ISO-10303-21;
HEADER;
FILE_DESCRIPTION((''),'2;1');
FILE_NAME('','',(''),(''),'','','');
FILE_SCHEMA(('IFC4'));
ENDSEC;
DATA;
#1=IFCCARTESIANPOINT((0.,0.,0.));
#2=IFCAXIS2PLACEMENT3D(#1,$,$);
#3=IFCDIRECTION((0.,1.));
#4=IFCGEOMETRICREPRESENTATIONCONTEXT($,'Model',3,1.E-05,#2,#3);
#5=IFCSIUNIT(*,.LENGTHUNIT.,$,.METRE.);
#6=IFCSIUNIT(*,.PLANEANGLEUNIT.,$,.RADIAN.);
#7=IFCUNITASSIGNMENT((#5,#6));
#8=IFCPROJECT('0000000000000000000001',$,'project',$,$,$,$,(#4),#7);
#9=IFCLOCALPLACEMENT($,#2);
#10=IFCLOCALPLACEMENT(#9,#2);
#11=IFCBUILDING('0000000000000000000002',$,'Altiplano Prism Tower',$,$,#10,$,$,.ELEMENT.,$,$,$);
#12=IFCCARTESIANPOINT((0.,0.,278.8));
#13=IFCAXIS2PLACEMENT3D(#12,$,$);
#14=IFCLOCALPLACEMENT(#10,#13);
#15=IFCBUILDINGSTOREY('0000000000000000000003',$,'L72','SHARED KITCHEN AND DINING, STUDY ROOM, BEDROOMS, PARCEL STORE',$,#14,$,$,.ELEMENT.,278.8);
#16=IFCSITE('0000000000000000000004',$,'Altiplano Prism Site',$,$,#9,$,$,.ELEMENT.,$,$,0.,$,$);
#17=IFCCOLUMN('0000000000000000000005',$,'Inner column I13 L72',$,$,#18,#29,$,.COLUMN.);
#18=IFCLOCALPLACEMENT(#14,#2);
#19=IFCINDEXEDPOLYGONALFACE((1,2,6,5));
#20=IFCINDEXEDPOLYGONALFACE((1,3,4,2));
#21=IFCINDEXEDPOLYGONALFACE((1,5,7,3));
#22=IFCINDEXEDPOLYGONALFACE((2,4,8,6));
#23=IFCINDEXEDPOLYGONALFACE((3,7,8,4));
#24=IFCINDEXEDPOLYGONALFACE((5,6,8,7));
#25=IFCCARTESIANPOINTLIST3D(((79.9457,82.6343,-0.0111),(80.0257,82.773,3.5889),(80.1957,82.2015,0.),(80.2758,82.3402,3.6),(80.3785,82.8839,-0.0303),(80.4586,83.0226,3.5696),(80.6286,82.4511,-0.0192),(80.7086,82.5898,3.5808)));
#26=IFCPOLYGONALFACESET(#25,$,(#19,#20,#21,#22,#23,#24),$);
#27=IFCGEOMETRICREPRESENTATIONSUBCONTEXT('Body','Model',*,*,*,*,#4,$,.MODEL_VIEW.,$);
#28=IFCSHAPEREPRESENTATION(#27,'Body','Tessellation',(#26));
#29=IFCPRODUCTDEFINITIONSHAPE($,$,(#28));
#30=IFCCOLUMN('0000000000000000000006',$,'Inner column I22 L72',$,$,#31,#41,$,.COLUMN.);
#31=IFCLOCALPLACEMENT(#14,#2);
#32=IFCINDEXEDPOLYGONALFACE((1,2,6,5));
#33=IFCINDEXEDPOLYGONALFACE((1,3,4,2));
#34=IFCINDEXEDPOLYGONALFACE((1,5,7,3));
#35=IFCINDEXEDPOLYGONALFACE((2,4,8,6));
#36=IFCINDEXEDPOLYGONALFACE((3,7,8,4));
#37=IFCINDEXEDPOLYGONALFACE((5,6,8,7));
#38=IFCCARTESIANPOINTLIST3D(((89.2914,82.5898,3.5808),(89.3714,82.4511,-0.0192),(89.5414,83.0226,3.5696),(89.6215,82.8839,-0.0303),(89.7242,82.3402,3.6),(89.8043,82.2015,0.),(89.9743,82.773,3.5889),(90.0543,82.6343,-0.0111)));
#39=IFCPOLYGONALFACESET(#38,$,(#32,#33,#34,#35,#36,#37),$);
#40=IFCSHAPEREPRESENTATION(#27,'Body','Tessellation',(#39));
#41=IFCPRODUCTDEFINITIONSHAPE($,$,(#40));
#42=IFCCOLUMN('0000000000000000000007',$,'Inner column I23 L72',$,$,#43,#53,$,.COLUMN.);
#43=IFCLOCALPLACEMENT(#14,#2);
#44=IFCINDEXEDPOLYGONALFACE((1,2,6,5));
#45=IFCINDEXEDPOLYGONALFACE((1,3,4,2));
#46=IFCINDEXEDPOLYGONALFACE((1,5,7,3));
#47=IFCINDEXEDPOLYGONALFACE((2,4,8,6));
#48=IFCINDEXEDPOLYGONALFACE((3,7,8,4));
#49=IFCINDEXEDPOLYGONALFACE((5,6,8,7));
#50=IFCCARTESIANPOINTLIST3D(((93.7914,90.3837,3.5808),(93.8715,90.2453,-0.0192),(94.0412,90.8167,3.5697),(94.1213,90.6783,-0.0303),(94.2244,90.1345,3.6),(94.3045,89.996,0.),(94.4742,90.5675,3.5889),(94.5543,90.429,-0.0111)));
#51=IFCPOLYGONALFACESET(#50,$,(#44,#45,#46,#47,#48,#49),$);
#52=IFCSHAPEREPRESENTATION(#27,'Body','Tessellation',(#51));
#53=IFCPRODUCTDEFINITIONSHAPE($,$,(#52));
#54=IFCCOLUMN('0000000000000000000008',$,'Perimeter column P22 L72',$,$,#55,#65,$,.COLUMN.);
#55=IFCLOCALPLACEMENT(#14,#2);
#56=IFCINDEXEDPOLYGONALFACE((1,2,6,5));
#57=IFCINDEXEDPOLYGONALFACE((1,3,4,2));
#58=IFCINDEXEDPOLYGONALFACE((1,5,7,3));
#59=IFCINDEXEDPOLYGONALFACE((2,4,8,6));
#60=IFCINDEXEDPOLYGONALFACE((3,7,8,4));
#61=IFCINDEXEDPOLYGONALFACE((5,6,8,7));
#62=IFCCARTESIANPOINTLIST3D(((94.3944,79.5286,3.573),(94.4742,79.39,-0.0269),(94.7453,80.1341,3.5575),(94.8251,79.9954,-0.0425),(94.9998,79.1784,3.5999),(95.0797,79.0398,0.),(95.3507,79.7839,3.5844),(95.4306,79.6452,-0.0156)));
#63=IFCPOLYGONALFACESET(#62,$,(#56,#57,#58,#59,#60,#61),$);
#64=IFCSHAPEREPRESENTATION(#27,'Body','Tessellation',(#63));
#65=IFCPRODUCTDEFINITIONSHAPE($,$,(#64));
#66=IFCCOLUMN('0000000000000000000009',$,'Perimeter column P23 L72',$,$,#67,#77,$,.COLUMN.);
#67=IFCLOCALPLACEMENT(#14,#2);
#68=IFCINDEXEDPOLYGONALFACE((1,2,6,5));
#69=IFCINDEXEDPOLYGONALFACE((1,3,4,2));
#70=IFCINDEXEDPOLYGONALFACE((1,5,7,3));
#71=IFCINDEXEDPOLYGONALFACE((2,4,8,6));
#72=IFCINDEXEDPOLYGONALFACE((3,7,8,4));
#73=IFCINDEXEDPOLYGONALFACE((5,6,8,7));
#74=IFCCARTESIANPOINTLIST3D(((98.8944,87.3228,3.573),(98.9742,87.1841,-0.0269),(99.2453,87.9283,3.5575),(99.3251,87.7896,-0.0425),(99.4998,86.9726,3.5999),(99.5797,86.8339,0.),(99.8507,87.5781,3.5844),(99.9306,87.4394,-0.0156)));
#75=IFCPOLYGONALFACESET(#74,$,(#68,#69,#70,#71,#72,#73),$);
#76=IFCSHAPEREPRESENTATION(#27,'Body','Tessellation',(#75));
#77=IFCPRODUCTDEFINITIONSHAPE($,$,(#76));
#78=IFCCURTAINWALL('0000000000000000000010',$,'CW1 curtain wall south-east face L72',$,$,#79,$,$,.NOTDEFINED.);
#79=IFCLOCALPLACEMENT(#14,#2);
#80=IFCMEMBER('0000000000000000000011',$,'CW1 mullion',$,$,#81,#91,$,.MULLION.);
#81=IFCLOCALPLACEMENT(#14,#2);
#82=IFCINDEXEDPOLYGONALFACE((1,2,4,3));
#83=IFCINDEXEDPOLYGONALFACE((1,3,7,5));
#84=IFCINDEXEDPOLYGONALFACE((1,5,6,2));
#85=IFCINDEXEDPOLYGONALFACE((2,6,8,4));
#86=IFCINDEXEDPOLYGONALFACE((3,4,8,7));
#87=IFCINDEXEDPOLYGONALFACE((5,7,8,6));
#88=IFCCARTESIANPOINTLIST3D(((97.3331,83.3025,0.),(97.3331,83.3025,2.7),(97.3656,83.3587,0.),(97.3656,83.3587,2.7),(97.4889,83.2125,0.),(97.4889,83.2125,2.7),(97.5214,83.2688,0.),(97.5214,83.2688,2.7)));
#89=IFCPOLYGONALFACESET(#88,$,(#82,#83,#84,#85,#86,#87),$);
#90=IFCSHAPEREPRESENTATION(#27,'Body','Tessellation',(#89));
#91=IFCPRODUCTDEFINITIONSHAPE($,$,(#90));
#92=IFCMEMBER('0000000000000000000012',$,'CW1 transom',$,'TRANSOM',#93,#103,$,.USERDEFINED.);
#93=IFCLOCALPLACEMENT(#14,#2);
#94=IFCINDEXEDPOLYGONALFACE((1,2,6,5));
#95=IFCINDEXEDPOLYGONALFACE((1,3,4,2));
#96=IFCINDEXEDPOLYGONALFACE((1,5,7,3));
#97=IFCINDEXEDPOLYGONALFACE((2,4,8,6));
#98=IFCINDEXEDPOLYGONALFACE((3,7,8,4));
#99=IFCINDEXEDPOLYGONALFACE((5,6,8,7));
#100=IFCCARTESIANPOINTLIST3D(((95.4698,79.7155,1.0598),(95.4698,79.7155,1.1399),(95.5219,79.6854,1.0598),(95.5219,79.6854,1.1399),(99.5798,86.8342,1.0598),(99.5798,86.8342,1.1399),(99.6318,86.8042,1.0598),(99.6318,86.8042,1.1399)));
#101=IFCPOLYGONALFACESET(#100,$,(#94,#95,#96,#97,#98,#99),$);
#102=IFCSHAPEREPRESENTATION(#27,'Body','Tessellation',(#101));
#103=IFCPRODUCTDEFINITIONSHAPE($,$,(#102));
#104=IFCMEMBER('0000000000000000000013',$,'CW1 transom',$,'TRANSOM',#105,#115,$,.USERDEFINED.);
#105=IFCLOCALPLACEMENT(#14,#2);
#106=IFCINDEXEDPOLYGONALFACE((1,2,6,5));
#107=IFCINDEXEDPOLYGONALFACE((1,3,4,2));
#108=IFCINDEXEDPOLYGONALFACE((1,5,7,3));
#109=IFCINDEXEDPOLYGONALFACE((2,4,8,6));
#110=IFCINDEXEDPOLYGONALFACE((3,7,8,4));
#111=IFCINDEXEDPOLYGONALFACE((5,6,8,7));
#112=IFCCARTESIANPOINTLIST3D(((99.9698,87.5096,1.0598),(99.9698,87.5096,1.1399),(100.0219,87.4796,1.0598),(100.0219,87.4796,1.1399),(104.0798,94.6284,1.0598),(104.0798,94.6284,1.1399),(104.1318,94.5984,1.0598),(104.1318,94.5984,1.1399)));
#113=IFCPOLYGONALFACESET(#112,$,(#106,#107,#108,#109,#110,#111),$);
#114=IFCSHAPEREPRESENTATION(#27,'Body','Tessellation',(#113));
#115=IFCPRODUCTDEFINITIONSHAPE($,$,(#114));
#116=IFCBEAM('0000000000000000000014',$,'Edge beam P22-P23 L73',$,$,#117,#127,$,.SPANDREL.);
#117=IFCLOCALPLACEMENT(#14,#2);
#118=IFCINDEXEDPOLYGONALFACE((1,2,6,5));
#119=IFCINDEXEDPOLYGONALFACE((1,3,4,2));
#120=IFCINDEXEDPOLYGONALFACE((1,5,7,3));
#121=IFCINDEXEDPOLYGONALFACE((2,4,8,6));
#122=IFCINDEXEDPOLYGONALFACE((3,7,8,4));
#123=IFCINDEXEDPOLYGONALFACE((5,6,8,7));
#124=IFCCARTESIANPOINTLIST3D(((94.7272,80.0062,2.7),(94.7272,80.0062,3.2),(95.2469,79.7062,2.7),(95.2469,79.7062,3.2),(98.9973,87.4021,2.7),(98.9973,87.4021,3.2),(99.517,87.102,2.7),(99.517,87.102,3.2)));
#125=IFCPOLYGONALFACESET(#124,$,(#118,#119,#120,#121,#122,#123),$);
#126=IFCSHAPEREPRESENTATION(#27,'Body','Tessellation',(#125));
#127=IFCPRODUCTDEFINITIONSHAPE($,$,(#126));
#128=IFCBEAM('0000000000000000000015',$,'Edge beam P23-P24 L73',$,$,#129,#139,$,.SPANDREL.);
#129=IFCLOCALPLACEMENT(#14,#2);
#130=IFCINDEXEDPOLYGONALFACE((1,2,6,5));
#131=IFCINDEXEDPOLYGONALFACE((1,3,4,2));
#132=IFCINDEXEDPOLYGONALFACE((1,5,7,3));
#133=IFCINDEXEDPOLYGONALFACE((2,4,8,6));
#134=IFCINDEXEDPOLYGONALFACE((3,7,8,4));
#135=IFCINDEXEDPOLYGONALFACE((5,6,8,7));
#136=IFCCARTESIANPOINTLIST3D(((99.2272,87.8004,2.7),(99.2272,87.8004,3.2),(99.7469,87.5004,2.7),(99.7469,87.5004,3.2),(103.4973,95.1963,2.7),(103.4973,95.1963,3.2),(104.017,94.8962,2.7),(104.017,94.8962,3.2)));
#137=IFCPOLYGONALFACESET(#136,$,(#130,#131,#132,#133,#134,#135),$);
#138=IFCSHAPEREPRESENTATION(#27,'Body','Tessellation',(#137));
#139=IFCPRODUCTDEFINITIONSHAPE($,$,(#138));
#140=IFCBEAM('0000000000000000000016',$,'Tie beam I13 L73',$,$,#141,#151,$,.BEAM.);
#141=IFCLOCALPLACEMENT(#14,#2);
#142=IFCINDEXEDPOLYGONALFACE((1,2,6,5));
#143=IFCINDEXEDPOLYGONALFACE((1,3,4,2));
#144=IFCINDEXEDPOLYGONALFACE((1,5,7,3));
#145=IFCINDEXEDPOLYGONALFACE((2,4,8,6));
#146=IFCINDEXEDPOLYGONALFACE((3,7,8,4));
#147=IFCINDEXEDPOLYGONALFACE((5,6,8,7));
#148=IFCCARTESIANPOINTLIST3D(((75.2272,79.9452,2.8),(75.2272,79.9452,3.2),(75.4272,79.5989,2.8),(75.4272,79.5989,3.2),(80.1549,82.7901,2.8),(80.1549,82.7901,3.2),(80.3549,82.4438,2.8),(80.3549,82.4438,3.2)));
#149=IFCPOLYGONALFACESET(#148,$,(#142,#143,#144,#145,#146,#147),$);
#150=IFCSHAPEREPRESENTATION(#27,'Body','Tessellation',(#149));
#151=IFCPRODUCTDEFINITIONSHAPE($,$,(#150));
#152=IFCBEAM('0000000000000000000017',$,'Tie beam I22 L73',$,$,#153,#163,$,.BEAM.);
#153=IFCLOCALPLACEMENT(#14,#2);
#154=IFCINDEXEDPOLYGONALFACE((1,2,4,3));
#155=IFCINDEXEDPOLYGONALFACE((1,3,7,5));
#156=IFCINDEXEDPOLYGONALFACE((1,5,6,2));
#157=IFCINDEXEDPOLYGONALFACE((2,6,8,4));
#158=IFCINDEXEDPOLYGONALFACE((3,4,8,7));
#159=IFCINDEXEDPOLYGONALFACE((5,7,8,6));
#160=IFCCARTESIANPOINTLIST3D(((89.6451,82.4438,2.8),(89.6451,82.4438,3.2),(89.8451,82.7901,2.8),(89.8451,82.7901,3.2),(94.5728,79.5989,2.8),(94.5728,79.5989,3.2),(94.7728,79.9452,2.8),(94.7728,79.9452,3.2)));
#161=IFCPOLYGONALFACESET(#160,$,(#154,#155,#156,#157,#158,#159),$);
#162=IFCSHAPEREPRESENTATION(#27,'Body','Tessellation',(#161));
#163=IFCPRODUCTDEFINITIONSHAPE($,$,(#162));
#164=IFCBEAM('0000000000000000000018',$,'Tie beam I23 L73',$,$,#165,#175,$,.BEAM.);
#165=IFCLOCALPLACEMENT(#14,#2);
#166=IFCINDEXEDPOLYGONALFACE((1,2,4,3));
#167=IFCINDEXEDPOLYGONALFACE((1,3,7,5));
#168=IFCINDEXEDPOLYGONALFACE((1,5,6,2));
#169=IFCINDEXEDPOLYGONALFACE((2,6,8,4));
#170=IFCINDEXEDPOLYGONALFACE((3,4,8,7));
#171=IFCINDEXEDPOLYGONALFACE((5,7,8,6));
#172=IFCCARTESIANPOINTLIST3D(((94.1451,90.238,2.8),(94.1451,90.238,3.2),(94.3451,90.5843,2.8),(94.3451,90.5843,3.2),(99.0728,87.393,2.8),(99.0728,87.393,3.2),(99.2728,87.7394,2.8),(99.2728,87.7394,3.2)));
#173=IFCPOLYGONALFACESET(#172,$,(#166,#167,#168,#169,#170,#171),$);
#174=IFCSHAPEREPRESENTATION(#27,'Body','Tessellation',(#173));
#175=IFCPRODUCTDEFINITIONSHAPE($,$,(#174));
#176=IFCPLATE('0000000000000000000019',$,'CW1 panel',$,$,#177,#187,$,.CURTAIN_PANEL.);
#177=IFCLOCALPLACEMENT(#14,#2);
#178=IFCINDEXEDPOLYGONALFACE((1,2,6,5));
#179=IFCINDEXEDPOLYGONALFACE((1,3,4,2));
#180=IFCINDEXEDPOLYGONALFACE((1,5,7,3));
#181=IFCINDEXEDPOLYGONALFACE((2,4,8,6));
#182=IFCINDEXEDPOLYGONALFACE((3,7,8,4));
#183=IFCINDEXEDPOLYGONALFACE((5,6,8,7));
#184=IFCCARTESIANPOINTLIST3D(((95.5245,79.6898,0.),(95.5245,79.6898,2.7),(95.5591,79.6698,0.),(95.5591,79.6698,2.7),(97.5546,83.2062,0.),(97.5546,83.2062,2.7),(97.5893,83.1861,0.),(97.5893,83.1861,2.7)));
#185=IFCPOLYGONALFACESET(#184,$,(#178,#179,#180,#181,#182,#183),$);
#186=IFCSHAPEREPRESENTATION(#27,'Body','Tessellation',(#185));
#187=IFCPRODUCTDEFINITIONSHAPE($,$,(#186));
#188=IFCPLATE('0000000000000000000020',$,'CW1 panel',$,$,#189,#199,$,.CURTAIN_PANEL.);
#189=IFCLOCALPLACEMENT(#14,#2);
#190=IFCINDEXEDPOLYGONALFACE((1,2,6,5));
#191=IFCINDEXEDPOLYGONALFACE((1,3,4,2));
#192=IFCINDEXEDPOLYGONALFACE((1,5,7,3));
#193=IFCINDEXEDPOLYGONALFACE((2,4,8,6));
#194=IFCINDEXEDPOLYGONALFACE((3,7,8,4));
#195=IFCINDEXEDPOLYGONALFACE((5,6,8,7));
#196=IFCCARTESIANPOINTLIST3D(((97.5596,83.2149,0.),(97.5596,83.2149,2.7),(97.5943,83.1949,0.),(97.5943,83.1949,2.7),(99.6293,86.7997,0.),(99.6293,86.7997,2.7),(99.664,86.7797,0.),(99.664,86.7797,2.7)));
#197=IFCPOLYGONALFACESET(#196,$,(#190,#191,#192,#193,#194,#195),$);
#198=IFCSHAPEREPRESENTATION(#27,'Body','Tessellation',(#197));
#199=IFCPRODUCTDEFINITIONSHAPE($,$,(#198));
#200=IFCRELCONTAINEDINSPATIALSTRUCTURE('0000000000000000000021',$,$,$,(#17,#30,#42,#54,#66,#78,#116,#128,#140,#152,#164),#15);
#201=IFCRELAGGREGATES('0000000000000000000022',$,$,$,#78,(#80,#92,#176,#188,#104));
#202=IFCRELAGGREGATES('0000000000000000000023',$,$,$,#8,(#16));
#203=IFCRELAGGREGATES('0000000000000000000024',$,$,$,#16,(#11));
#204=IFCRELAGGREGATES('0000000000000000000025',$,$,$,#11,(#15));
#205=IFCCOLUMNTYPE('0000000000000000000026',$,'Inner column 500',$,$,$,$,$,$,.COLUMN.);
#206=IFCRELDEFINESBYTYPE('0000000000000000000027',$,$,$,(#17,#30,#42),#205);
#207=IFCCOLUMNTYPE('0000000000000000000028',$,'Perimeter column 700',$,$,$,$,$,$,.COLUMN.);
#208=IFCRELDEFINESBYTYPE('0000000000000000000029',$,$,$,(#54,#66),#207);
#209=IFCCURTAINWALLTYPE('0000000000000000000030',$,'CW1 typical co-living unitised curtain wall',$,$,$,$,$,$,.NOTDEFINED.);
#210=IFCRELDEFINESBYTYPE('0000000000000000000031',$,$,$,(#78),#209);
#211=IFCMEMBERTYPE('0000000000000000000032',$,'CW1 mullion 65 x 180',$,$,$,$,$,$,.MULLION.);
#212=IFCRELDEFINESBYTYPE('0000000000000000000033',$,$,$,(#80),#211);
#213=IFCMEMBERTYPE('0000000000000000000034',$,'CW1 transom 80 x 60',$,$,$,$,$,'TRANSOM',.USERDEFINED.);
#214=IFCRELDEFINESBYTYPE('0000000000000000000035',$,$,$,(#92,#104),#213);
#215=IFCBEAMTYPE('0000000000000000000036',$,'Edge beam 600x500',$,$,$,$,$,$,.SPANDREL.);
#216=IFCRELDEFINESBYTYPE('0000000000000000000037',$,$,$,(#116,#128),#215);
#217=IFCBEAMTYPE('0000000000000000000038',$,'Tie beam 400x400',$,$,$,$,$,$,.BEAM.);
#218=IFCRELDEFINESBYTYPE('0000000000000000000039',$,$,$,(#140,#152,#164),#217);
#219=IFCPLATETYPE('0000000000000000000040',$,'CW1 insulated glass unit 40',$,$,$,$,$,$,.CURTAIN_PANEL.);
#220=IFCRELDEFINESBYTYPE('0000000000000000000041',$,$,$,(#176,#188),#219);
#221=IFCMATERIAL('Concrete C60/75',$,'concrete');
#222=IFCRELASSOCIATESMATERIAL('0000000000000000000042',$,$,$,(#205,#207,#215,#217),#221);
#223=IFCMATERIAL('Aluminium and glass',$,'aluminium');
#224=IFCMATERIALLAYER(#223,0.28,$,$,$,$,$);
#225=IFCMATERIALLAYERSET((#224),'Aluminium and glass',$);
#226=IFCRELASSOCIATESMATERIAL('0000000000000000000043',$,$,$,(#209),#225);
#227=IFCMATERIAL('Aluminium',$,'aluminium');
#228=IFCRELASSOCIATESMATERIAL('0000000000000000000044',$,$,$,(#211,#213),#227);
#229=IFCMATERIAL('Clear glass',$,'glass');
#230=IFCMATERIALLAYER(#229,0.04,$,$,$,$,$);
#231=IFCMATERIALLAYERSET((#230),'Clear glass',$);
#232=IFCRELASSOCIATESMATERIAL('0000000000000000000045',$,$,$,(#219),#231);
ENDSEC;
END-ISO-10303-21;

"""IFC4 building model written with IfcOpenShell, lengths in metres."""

from ifc_helpers import new_model, si_unit, direction, frame, origin, origin_2d, place, context, subcontext, project, spatial, rectangle, extrude, material, layer, layer_set, material_profile, profile_set, type_object, element, aggregate, save


model = new_model("IFC4")

# Units and contexts
model_context = context("Model", 3, precision=1e-05, world=origin(), true_north=direction((0.0, 1.0)))
body_context = subcontext(model_context, "Body", "Model", "MODEL_VIEW")
ifc_project = project(units=[si_unit("LENGTHUNIT", "METRE"), si_unit("PLANEANGLEUNIT", "RADIAN")], contexts=[model_context])

# Site, building, storey
site_placement = place(None, origin())
site = spatial("IfcSite", under=ifc_project, at=site_placement, Name="Altiplano Prism Site", CompositionType="ELEMENT", RefElevation=0.0)
building_placement = place(site_placement, origin())
building = spatial("IfcBuilding", under=site, at=building_placement, Name="Altiplano Prism Tower", CompositionType="ELEMENT")
storey_placement = place(building_placement, frame((0.0, 0.0, 278.8)))
storey = spatial("IfcBuildingStorey", under=building, at=storey_placement, Name="L72", Description="SHARED KITCHEN AND DINING, STUDY ROOM, BEDROOMS, PARCEL STORE", CompositionType="ELEMENT", Elevation=278.8)

# Columns
ifc_material_1 = material(Name="Concrete C60/75", Category="concrete")
ifc_material_profile_1 = material_profile(ifc_material_1, rectangle(XDim=0.5, YDim=0.5, at=origin_2d()), Name="Inner column 500")
ifc_profile_set_1 = profile_set([ifc_material_profile_1], Name="Concrete C60/75")
column_type_1 = type_object("IfcColumnType", Name="Inner column 500", PredefinedType="COLUMN", material=ifc_profile_set_1)
for number, where, z_axis, x_axis, name in (
    (1, (80.2871, 82.5427, -0.0151), (0.022223, 0.038483, 0.999012), (-0.865639, -0.499187, 0.038485), "Inner column I13 L72"),
    (2, (89.7129, 82.5427, -0.0151), (-0.022223, 0.038483, 0.999012), (-0.500175, -0.865639, 0.022219), "Inner column I22 L72"),
    (3, (94.2129, 90.3372, -0.0151), (-0.022223, 0.038416, 0.999015), (-0.499508, -0.866025, 0.02219), "Inner column I23 L72"),
):
    element("IfcColumn", number, at=place(storey_placement, frame(where, z_axis=z_axis, x_axis=x_axis)), inside=storey, type_object=column_type_1, Name=name, PredefinedType="COLUMN", context=body_context, shape_type="SweptSolid", body=[
        extrude(rectangle(XDim=0.5, YDim=0.5, at=origin_2d()), origin(), (0.0, 0.0, 1.0), 3.6035),
    ])
ifc_material_profile_2 = material_profile(ifc_material_1, rectangle(XDim=0.7, YDim=0.7, at=origin_2d()), Name="Perimeter column 700")
ifc_profile_set_2 = profile_set([ifc_material_profile_2], Name="Concrete C60/75")
column_type_2 = type_object("IfcColumnType", Name="Perimeter column 700", PredefinedType="COLUMN", material=ifc_profile_set_2)
for number, where, z_axis, x_axis, name in (
    (4, (94.9524, 79.5176, -0.0212), (-0.022155, 0.038484, 0.999014), (-0.501318, -0.864978, 0.022203), "Perimeter column P22 L72"),
    (5, (99.4524, 87.3118, -0.0212), (-0.022155, 0.038484, 0.999014), (-0.501313, -0.864981, 0.022203), "Perimeter column P23 L72"),
):
    element("IfcColumn", number, at=place(storey_placement, frame(where, z_axis=z_axis, x_axis=x_axis)), inside=storey, type_object=column_type_2, Name=name, PredefinedType="COLUMN", context=body_context, shape_type="SweptSolid", body=[
        extrude(rectangle(XDim=0.7, YDim=0.7, at=origin_2d()), origin(), (0.0, 0.0, 1.0), 3.6035),
    ])

# Curtain wall, members
ifc_material_2 = material(Name="Aluminium and glass", Category="aluminium")
ifc_layer_1 = layer(ifc_material_2, 0.28)
ifc_layer_set_1 = layer_set([ifc_layer_1], Name="Aluminium and glass")
curtain_wall_type = type_object("IfcCurtainWallType", Name="CW1 typical co-living unitised curtain wall", PredefinedType="NOTDEFINED", material=ifc_layer_set_1)
curtain_wall_placement = place(storey_placement, origin())
curtain_wall = element("IfcCurtainWall", 6, at=curtain_wall_placement, inside=storey, type_object=curtain_wall_type, Name="CW1 curtain wall south-east face L72", PredefinedType="NOTDEFINED")
ifc_material_3 = material(Name="Aluminium", Category="aluminium")
ifc_material_profile_3 = material_profile(ifc_material_3, rectangle(XDim=0.1799, YDim=0.0649, at=origin_2d()), Name="CW1 mullion 65 x 180")
ifc_profile_set_3 = profile_set([ifc_material_profile_3], Name="Aluminium")
member_type_1 = type_object("IfcMemberType", Name="CW1 mullion 65 x 180", PredefinedType="MULLION", material=ifc_profile_set_3)
member_1_placement = place(storey_placement, frame((97.4272, 83.2856, 0.0), z_axis=(0.0, 0.0, 1.0), x_axis=(-0.866025, 0.5, 0.0)))
member_1 = element("IfcMember", 7, at=member_1_placement, type_object=member_type_1, Name="CW1 mullion", PredefinedType="MULLION", context=body_context, shape_type="SweptSolid", body=[
    extrude(rectangle(XDim=0.1799, YDim=0.0649, at=origin_2d()), origin(), (0.0, 0.0, 1.0), 2.7),
])
ifc_material_profile_4 = material_profile(ifc_material_3, rectangle(XDim=0.0601, YDim=0.0801, at=origin_2d()), Name="CW1 transom 80 x 60")
ifc_profile_set_4 = profile_set([ifc_material_profile_4], Name="Aluminium")
member_type_2 = type_object("IfcMemberType", Name="CW1 transom 80 x 60", ElementType="TRANSOM", PredefinedType="USERDEFINED", material=ifc_profile_set_4)
member_2_placement = place(storey_placement, frame((95.4958, 79.7004, 1.0999), z_axis=(0.499992, 0.86603, 0.0), x_axis=(-0.86603, 0.499992, 0.0)))
member_2 = element("IfcMember", 8, at=member_2_placement, type_object=member_type_2, Name="CW1 transom", ObjectType="TRANSOM", PredefinedType="USERDEFINED", context=body_context, shape_type="SweptSolid", body=[
    extrude(rectangle(XDim=0.0601, YDim=0.0801, at=origin_2d()), origin(), (0.0, 0.0, 1.0), 8.22),
])
member_3_placement = place(storey_placement, frame((99.9958, 87.4946, 1.0999), z_axis=(0.499992, 0.86603, 0.0), x_axis=(-0.86603, 0.499992, 0.0)))
member_3 = element("IfcMember", 9, at=member_3_placement, type_object=member_type_2, Name="CW1 transom", ObjectType="TRANSOM", PredefinedType="USERDEFINED", context=body_context, shape_type="SweptSolid", body=[
    extrude(rectangle(XDim=0.0601, YDim=0.0801, at=origin_2d()), origin(), (0.0, 0.0, 1.0), 8.22),
])

# Beams
ifc_material_profile_5 = material_profile(ifc_material_1, rectangle(XDim=0.6001, YDim=0.5, at=origin_2d()), Name="Edge beam 600x500")
ifc_profile_set_5 = profile_set([ifc_material_profile_5], Name="Concrete C60/75")
beam_type_1 = type_object("IfcBeamType", Name="Edge beam 600x500", PredefinedType="SPANDREL", material=ifc_profile_set_5)
for number, where, z_axis, x_axis, name in (
    (10, (94.9871, 79.8562, 2.95), (0.500007, 0.866021, 0.0), (-0.866021, 0.500007, 0.0), "Edge beam P22-P23 L73"),
    (11, (99.4871, 87.6504, 2.95), (0.500007, 0.866021, 0.0), (-0.866021, 0.500007, 0.0), "Edge beam P23-P24 L73"),
):
    element("IfcBeam", number, at=place(storey_placement, frame(where, z_axis=z_axis, x_axis=x_axis)), inside=storey, type_object=beam_type_1, Name=name, PredefinedType="SPANDREL", context=body_context, shape_type="SweptSolid", body=[
        extrude(rectangle(XDim=0.6001, YDim=0.5, at=origin_2d()), origin(), (0.0, 0.0, 1.0), 8.54),
    ])
ifc_material_profile_6 = material_profile(ifc_material_1, rectangle(XDim=0.3999, YDim=0.3999, at=origin_2d()), Name="Tie beam 400x400")
ifc_profile_set_6 = profile_set([ifc_material_profile_6], Name="Concrete C60/75")
beam_type_2 = type_object("IfcBeamType", Name="Tie beam 400x400", PredefinedType="BEAM", material=ifc_profile_set_6)
for number, where, z_axis, x_axis, name in (
    (12, (80.2549, 82.6169, 3.0), (-0.86603, -0.499992, 0.0), (0.499992, -0.86603, 0.0), "Tie beam I13 L73"),
    (13, (89.7451, 82.6169, 3.0), (0.86603, -0.499992, 0.0), (0.499992, 0.86603, 0.0), "Tie beam I22 L73"),
    (14, (94.2451, 90.4111, 3.0), (0.86603, -0.499992, 0.0), (0.499992, 0.86603, 0.0), "Tie beam I23 L73"),
):
    element("IfcBeam", number, at=place(storey_placement, frame(where, z_axis=z_axis, x_axis=x_axis)), inside=storey, type_object=beam_type_2, Name=name, PredefinedType="BEAM", context=body_context, shape_type="SweptSolid", body=[
        extrude(rectangle(XDim=0.3999, YDim=0.3999, at=origin_2d()), origin(), (0.0, 0.0, 1.0), 5.6899),
    ])

# Plates
ifc_material_4 = material(Name="Clear glass", Category="glass")
ifc_layer_2 = layer(ifc_material_4, 0.04)
ifc_layer_set_2 = layer_set([ifc_layer_2], Name="Clear glass")
plate_type = type_object("IfcPlateType", Name="CW1 insulated glass unit 40", PredefinedType="CURTAIN_PANEL", material=ifc_layer_set_2)
plate_1_placement = place(storey_placement, frame((96.5569, 81.438, 0.0), z_axis=(0.0, 0.0, 1.0), x_axis=(0.5, 0.866025, 0.0)))
plate_1 = element("IfcPlate", 15, at=plate_1_placement, type_object=plate_type, Name="CW1 panel", PredefinedType="CURTAIN_PANEL", context=body_context, shape_type="SweptSolid", body=[
    extrude(rectangle(XDim=4.0603, YDim=0.04, at=origin_2d()), origin(), (0.0, 0.0, 1.0), 2.7),
])
plate_2_placement = place(storey_placement, frame((98.6118, 84.9973, 0.0), z_axis=(0.0, 0.0, 1.0), x_axis=(0.5, 0.866025, 0.0)))
plate_2 = element("IfcPlate", 16, at=plate_2_placement, type_object=plate_type, Name="CW1 panel", PredefinedType="CURTAIN_PANEL", context=body_context, shape_type="SweptSolid", body=[
    extrude(rectangle(XDim=4.1394, YDim=0.04, at=origin_2d()), origin(), (0.0, 0.0, 1.0), 2.7),
])
aggregate(curtain_wall, [member_1, member_2, plate_1, plate_2, member_3])

save(model, "model.ifc")
